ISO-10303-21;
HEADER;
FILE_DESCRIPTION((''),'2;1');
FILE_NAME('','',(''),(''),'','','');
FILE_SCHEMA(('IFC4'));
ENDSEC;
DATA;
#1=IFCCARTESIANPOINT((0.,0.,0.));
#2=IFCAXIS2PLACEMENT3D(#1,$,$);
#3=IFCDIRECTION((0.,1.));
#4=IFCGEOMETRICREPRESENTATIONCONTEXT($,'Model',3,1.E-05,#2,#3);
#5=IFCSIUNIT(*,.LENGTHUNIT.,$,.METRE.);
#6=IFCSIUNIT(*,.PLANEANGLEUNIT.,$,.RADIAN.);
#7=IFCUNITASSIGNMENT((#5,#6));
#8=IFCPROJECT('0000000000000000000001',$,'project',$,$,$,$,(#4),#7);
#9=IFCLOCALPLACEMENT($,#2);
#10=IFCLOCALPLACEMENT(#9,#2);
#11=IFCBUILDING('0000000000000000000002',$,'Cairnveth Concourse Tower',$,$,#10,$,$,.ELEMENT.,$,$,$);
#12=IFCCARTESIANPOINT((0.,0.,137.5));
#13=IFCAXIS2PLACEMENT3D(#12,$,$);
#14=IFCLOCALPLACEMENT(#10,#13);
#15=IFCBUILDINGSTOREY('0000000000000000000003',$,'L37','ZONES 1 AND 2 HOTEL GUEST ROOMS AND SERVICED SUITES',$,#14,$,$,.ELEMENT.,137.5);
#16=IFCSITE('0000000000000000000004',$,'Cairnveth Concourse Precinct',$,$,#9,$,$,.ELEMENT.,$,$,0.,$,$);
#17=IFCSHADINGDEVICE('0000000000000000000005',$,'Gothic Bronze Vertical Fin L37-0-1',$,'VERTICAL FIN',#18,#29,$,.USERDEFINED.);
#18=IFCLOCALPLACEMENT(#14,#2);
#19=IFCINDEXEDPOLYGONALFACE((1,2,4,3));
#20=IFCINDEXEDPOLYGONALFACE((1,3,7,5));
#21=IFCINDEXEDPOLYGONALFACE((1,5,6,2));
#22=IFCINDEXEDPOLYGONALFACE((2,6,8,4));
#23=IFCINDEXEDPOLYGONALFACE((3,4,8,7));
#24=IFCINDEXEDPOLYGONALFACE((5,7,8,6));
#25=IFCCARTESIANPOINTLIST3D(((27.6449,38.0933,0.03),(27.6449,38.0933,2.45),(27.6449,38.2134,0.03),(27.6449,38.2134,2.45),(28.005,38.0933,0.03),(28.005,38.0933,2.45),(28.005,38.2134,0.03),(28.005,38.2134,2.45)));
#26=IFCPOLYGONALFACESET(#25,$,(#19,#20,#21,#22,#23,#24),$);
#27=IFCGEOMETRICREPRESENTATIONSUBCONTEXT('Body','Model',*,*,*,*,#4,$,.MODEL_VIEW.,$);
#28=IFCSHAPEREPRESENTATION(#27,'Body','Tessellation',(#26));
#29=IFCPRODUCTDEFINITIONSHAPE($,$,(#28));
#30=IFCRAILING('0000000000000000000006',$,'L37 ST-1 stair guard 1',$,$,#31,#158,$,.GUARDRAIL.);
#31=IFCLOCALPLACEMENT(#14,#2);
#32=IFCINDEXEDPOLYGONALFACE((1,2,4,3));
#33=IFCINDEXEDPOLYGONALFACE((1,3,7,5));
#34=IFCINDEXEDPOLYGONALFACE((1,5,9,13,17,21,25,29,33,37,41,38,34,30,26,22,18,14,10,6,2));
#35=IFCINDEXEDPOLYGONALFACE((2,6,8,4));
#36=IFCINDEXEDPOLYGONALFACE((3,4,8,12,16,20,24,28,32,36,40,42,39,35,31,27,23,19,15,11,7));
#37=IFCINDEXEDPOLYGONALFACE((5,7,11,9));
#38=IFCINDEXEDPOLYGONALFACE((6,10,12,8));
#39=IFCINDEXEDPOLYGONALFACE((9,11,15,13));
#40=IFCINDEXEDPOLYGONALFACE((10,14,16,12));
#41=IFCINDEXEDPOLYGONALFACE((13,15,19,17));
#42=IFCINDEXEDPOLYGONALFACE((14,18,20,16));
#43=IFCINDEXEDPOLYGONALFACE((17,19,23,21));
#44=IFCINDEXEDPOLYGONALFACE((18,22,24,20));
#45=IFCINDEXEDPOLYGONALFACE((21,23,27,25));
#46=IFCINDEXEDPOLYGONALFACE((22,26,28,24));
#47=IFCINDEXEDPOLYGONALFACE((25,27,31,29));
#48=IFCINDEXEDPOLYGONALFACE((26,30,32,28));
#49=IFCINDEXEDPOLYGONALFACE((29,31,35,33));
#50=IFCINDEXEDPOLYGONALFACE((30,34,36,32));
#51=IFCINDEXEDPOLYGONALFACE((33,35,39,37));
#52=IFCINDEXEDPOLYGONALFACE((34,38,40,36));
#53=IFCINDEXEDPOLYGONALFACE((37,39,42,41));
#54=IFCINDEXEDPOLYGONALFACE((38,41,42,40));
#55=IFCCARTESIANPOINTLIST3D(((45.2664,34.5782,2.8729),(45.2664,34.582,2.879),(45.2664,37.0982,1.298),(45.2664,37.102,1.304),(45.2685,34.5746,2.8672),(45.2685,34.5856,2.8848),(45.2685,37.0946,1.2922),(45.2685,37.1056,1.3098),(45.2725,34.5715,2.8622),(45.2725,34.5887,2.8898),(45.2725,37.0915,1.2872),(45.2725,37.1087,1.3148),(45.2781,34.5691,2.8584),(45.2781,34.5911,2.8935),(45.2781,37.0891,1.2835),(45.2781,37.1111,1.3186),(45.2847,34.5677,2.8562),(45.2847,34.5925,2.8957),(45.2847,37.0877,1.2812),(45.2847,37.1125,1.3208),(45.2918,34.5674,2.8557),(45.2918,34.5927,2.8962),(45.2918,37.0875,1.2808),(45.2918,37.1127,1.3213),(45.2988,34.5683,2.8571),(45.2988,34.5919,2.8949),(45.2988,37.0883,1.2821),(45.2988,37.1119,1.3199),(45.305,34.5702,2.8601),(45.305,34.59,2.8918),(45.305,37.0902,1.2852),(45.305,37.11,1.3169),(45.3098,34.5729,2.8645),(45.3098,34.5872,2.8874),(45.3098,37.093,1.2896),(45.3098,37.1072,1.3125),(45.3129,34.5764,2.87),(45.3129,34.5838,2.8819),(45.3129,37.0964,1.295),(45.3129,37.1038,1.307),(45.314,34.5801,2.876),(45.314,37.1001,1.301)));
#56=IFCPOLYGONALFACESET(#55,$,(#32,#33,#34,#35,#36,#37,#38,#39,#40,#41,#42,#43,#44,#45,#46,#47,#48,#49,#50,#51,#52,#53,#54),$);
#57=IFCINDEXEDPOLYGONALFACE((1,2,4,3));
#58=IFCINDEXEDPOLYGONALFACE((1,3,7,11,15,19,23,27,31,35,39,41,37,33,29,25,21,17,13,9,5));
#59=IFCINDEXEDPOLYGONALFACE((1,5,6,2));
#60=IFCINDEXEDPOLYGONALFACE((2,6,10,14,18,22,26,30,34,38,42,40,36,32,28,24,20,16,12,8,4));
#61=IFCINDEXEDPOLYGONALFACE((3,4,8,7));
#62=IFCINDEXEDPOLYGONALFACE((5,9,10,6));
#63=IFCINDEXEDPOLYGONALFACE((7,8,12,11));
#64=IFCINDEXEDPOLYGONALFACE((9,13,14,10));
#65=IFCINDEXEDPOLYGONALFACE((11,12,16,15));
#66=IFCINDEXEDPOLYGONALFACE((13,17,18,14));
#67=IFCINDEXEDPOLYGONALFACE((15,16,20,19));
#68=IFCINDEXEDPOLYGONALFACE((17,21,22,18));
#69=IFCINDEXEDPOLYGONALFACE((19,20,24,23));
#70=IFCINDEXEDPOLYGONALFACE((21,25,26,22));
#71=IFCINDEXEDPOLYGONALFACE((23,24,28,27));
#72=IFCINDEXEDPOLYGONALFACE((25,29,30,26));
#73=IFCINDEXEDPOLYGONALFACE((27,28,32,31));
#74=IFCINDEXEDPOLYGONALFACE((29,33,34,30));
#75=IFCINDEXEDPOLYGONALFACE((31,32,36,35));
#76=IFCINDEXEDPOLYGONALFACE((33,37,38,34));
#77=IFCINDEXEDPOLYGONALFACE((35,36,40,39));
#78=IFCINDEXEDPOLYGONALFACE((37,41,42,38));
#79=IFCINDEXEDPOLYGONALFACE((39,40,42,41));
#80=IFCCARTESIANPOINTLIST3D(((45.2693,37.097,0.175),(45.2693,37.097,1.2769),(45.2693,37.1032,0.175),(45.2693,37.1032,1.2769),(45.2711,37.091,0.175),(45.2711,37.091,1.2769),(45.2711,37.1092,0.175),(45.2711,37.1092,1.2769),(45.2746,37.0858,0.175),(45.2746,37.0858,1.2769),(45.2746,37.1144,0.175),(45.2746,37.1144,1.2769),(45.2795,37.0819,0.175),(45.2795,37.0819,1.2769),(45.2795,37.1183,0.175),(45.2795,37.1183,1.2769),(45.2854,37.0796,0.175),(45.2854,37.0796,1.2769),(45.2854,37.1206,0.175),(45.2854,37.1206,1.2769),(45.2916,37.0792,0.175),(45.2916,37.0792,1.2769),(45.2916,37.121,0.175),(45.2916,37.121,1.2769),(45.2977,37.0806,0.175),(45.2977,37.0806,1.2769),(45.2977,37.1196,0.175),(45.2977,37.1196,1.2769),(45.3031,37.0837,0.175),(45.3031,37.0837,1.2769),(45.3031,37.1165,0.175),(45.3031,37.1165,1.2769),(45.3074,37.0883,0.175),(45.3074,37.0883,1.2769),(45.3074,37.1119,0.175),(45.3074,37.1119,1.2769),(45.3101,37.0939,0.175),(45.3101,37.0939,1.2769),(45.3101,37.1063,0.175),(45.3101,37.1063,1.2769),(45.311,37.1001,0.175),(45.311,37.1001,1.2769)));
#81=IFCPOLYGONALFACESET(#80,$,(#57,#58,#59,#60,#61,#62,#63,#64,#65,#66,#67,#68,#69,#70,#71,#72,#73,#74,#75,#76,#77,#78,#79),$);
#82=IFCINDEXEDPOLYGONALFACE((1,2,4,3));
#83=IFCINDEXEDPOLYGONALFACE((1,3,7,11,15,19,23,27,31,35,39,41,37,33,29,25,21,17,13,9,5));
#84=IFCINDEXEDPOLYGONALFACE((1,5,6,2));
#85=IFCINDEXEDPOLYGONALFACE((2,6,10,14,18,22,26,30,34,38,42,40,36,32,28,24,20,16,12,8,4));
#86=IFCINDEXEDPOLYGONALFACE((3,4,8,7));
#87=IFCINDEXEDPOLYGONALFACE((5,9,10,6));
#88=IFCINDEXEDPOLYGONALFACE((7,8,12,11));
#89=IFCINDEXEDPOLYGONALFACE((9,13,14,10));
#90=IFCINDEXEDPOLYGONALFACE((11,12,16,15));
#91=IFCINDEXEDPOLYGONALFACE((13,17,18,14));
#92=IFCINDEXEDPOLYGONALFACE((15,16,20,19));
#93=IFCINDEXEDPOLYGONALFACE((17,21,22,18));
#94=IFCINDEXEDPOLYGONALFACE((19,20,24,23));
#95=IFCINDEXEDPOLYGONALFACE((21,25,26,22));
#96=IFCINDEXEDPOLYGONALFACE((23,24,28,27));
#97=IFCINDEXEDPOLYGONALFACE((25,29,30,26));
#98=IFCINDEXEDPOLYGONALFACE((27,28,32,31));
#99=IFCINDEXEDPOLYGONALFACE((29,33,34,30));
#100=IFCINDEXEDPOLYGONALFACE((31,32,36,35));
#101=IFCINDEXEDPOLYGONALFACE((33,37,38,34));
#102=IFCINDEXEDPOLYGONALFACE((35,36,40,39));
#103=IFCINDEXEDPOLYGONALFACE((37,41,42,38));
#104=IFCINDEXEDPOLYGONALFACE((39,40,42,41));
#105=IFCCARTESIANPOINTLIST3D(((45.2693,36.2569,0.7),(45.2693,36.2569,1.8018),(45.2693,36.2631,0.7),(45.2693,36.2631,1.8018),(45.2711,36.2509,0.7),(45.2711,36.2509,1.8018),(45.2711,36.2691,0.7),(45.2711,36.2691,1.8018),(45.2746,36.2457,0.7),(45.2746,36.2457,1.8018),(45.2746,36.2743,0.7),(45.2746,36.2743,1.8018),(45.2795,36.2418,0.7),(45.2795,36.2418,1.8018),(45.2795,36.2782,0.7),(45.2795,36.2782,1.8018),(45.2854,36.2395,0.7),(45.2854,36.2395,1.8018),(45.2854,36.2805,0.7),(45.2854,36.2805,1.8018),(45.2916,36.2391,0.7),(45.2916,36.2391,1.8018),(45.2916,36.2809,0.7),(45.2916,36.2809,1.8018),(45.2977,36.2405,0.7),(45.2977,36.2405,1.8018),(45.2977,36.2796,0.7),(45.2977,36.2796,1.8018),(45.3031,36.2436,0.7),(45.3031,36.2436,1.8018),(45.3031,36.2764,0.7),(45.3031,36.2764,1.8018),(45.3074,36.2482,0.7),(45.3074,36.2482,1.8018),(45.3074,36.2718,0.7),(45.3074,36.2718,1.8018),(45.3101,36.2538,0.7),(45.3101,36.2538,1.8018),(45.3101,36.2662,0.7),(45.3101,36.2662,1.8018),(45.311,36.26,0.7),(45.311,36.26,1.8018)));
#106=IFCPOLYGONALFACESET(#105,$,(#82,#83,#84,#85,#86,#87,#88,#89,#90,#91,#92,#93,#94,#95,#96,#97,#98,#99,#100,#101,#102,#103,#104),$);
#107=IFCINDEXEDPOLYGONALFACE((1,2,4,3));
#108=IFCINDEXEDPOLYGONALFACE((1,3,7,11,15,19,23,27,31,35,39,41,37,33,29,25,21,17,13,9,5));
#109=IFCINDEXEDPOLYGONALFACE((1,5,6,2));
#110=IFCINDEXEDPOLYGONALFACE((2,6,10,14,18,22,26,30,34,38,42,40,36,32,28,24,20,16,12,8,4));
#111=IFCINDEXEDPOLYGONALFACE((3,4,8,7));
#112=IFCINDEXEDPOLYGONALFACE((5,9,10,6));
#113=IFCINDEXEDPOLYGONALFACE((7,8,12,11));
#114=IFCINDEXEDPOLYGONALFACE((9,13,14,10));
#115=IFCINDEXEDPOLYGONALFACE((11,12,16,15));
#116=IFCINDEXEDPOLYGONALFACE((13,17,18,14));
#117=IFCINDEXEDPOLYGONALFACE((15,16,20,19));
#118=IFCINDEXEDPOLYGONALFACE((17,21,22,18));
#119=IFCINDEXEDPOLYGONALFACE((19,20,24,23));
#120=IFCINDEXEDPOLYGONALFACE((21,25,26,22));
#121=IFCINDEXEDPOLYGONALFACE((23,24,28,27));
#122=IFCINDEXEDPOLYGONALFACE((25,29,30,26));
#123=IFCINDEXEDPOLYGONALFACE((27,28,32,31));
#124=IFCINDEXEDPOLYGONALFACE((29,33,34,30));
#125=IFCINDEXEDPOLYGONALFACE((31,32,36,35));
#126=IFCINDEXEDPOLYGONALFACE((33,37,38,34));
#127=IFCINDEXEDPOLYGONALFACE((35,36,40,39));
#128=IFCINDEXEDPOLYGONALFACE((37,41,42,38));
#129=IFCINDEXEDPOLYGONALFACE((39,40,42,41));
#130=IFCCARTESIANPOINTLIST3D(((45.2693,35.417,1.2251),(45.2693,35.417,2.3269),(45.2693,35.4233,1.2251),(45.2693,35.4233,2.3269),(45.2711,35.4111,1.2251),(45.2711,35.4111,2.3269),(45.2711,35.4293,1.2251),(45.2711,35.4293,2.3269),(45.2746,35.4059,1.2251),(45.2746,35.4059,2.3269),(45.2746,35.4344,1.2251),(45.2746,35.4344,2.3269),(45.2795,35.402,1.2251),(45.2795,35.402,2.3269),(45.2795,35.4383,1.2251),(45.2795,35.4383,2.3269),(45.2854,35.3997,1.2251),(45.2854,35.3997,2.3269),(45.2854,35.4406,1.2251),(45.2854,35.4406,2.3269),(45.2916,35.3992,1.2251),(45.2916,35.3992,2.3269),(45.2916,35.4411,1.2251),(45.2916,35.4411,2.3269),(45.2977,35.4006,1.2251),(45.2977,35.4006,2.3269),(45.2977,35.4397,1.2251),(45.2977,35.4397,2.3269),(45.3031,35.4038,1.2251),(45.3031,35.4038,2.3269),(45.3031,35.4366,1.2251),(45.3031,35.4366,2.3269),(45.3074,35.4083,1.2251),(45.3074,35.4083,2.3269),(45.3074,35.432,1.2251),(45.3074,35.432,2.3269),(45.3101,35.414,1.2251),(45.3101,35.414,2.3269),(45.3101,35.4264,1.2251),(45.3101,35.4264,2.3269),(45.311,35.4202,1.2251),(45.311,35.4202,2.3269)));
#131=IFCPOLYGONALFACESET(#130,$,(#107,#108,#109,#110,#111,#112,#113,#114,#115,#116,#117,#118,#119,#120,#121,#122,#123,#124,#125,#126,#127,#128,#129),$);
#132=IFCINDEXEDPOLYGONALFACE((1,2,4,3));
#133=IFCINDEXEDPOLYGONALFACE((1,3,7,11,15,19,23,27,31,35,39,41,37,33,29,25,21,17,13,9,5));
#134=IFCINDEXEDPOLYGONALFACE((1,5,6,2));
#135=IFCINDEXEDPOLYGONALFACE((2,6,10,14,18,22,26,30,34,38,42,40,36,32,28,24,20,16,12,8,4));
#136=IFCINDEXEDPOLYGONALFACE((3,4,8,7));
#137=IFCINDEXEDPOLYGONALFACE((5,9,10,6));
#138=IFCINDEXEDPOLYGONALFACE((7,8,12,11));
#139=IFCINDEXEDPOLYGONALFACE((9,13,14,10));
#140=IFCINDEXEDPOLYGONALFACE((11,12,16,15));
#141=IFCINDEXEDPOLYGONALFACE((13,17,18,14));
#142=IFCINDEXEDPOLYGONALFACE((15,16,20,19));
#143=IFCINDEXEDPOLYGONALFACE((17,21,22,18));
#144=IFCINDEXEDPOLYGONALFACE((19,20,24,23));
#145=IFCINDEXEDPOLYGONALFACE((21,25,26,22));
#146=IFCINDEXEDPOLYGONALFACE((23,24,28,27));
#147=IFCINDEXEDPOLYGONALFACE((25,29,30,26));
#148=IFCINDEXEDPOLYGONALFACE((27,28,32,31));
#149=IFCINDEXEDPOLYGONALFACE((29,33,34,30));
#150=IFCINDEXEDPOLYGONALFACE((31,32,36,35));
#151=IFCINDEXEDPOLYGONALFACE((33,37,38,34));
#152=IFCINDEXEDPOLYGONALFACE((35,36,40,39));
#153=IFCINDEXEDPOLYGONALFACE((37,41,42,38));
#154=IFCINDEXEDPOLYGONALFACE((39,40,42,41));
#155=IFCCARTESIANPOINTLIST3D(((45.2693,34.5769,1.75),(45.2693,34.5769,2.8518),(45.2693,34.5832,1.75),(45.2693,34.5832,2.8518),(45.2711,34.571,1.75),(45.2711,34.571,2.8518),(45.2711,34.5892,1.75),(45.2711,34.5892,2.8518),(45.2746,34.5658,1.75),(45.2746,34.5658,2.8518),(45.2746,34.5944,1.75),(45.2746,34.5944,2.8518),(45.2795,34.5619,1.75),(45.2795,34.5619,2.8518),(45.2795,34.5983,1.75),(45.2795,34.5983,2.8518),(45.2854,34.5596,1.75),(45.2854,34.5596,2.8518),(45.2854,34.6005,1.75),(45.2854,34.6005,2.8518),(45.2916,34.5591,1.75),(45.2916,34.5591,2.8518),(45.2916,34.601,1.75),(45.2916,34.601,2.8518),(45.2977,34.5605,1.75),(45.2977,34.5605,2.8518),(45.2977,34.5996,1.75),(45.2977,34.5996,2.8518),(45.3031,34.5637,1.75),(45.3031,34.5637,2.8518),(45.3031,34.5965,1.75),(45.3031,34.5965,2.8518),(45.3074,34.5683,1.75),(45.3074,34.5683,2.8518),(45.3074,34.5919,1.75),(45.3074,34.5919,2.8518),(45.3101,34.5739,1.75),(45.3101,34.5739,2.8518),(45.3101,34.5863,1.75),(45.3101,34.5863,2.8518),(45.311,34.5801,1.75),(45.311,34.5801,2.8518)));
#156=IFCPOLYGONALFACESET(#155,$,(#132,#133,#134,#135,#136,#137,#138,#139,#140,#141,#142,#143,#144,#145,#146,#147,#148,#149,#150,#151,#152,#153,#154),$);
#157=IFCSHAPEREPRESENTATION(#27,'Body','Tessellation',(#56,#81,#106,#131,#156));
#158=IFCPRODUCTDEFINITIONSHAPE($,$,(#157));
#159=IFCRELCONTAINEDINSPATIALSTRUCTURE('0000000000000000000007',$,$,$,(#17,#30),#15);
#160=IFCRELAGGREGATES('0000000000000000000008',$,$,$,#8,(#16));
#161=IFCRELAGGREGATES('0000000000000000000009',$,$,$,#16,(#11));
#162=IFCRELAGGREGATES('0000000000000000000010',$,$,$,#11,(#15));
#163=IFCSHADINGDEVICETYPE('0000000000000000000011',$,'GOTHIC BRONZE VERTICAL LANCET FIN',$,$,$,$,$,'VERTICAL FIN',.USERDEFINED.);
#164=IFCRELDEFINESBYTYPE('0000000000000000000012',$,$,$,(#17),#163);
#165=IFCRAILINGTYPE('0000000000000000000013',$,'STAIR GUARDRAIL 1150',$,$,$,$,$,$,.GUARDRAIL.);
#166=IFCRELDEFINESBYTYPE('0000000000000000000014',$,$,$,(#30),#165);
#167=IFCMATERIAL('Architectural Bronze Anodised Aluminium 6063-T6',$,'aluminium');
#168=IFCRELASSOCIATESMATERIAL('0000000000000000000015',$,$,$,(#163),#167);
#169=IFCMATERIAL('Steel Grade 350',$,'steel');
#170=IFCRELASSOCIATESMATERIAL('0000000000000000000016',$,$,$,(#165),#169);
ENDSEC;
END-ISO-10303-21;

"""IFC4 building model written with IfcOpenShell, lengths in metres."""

from ifc_helpers import new_model, si_unit, direction, frame, origin, origin_2d, place, context, subcontext, project, spatial, rectangle, circle, extrude, material, type_object, element, save


model = new_model("IFC4")

# Units and contexts
model_context = context("Model", 3, precision=1e-05, world=origin(), true_north=direction((0.0, 1.0)))
body_context = subcontext(model_context, "Body", "Model", "MODEL_VIEW")
ifc_project = project(units=[si_unit("LENGTHUNIT", "METRE"), si_unit("PLANEANGLEUNIT", "RADIAN")], contexts=[model_context])

# Site, building, storey
site_placement = place(None, origin())
site = spatial("IfcSite", under=ifc_project, at=site_placement, Name="Cairnveth Concourse Precinct", CompositionType="ELEMENT", RefElevation=0.0)
building_placement = place(site_placement, origin())
building = spatial("IfcBuilding", under=site, at=building_placement, Name="Cairnveth Concourse Tower", CompositionType="ELEMENT")
storey_placement = place(building_placement, frame((0.0, 0.0, 137.5)))
storey = spatial("IfcBuildingStorey", under=building, at=storey_placement, Name="L37", Description="ZONES 1 AND 2 HOTEL GUEST ROOMS AND SERVICED SUITES", CompositionType="ELEMENT", Elevation=137.5)

# Shared definitions
ifc_material_1 = material(Name="Steel Grade 350", Category="steel")

# Shared definitions
ifc_material_2 = material(Name="Architectural Bronze Anodised Aluminium 6063-T6", Category="aluminium")

# Shading device
shading_device_type = type_object("IfcShadingDeviceType", Name="GOTHIC BRONZE VERTICAL LANCET FIN", ElementType="VERTICAL FIN", PredefinedType="USERDEFINED", material=ifc_material_2)
shading_device_placement = place(storey_placement, frame((27.825, 38.1533, 0.03), z_axis=(0.0, 0.0, 1.0), x_axis=(0.0, 1.0, 0.0)))
element("IfcShadingDevice", 1, at=shading_device_placement, inside=storey, type_object=shading_device_type, Name="Gothic Bronze Vertical Fin L37-0-1", ObjectType="VERTICAL FIN", PredefinedType="USERDEFINED", context=body_context, shape_type="SweptSolid", body=[
    extrude(rectangle(XDim=0.1201, YDim=0.3601, at=origin_2d()), origin(), (0.0, 0.0, 1.0), 2.4199),
])

# Railing
railing_type_1 = type_object("IfcRailingType", Name="STAIR GUARDRAIL 1150", PredefinedType="GUARDRAIL", material=ifc_material_1)
railing_1_placement = place(storey_placement, frame((45.29, 37.1001, 0.175)))
element("IfcRailing", 2, at=railing_1_placement, inside=storey, type_object=railing_type_1, Name="L37 ST-1 stair guard 1", PredefinedType="GUARDRAIL", context=body_context, shape_type="SweptSolid", body=[
    extrude(circle(Radius=0.0239, at=origin_2d()), frame((0.0, 0.0, 1.126), z_axis=(0.0, -0.848008, 0.529984), x_axis=(1.0, 0.0, 0.0)), (0.0, 0.0, 1.0), 2.9717),
    extrude(circle(Radius=0.021, at=origin_2d()), origin(), (0.0, 0.0, 1.0), 1.1018),
    extrude(circle(Radius=0.021, at=origin_2d()), frame((0.0, -0.8401, 0.5249)), (0.0, 0.0, 1.0), 1.1018),
    extrude(circle(Radius=0.021, at=origin_2d()), frame((0.0, -1.6799, 1.05)), (0.0, 0.0, 1.0), 1.1018),
    extrude(circle(Radius=0.021, at=origin_2d()), frame((0.0, -2.52, 1.575)), (0.0, 0.0, 1.0), 1.1018),
])

save(model, "model.ifc")
